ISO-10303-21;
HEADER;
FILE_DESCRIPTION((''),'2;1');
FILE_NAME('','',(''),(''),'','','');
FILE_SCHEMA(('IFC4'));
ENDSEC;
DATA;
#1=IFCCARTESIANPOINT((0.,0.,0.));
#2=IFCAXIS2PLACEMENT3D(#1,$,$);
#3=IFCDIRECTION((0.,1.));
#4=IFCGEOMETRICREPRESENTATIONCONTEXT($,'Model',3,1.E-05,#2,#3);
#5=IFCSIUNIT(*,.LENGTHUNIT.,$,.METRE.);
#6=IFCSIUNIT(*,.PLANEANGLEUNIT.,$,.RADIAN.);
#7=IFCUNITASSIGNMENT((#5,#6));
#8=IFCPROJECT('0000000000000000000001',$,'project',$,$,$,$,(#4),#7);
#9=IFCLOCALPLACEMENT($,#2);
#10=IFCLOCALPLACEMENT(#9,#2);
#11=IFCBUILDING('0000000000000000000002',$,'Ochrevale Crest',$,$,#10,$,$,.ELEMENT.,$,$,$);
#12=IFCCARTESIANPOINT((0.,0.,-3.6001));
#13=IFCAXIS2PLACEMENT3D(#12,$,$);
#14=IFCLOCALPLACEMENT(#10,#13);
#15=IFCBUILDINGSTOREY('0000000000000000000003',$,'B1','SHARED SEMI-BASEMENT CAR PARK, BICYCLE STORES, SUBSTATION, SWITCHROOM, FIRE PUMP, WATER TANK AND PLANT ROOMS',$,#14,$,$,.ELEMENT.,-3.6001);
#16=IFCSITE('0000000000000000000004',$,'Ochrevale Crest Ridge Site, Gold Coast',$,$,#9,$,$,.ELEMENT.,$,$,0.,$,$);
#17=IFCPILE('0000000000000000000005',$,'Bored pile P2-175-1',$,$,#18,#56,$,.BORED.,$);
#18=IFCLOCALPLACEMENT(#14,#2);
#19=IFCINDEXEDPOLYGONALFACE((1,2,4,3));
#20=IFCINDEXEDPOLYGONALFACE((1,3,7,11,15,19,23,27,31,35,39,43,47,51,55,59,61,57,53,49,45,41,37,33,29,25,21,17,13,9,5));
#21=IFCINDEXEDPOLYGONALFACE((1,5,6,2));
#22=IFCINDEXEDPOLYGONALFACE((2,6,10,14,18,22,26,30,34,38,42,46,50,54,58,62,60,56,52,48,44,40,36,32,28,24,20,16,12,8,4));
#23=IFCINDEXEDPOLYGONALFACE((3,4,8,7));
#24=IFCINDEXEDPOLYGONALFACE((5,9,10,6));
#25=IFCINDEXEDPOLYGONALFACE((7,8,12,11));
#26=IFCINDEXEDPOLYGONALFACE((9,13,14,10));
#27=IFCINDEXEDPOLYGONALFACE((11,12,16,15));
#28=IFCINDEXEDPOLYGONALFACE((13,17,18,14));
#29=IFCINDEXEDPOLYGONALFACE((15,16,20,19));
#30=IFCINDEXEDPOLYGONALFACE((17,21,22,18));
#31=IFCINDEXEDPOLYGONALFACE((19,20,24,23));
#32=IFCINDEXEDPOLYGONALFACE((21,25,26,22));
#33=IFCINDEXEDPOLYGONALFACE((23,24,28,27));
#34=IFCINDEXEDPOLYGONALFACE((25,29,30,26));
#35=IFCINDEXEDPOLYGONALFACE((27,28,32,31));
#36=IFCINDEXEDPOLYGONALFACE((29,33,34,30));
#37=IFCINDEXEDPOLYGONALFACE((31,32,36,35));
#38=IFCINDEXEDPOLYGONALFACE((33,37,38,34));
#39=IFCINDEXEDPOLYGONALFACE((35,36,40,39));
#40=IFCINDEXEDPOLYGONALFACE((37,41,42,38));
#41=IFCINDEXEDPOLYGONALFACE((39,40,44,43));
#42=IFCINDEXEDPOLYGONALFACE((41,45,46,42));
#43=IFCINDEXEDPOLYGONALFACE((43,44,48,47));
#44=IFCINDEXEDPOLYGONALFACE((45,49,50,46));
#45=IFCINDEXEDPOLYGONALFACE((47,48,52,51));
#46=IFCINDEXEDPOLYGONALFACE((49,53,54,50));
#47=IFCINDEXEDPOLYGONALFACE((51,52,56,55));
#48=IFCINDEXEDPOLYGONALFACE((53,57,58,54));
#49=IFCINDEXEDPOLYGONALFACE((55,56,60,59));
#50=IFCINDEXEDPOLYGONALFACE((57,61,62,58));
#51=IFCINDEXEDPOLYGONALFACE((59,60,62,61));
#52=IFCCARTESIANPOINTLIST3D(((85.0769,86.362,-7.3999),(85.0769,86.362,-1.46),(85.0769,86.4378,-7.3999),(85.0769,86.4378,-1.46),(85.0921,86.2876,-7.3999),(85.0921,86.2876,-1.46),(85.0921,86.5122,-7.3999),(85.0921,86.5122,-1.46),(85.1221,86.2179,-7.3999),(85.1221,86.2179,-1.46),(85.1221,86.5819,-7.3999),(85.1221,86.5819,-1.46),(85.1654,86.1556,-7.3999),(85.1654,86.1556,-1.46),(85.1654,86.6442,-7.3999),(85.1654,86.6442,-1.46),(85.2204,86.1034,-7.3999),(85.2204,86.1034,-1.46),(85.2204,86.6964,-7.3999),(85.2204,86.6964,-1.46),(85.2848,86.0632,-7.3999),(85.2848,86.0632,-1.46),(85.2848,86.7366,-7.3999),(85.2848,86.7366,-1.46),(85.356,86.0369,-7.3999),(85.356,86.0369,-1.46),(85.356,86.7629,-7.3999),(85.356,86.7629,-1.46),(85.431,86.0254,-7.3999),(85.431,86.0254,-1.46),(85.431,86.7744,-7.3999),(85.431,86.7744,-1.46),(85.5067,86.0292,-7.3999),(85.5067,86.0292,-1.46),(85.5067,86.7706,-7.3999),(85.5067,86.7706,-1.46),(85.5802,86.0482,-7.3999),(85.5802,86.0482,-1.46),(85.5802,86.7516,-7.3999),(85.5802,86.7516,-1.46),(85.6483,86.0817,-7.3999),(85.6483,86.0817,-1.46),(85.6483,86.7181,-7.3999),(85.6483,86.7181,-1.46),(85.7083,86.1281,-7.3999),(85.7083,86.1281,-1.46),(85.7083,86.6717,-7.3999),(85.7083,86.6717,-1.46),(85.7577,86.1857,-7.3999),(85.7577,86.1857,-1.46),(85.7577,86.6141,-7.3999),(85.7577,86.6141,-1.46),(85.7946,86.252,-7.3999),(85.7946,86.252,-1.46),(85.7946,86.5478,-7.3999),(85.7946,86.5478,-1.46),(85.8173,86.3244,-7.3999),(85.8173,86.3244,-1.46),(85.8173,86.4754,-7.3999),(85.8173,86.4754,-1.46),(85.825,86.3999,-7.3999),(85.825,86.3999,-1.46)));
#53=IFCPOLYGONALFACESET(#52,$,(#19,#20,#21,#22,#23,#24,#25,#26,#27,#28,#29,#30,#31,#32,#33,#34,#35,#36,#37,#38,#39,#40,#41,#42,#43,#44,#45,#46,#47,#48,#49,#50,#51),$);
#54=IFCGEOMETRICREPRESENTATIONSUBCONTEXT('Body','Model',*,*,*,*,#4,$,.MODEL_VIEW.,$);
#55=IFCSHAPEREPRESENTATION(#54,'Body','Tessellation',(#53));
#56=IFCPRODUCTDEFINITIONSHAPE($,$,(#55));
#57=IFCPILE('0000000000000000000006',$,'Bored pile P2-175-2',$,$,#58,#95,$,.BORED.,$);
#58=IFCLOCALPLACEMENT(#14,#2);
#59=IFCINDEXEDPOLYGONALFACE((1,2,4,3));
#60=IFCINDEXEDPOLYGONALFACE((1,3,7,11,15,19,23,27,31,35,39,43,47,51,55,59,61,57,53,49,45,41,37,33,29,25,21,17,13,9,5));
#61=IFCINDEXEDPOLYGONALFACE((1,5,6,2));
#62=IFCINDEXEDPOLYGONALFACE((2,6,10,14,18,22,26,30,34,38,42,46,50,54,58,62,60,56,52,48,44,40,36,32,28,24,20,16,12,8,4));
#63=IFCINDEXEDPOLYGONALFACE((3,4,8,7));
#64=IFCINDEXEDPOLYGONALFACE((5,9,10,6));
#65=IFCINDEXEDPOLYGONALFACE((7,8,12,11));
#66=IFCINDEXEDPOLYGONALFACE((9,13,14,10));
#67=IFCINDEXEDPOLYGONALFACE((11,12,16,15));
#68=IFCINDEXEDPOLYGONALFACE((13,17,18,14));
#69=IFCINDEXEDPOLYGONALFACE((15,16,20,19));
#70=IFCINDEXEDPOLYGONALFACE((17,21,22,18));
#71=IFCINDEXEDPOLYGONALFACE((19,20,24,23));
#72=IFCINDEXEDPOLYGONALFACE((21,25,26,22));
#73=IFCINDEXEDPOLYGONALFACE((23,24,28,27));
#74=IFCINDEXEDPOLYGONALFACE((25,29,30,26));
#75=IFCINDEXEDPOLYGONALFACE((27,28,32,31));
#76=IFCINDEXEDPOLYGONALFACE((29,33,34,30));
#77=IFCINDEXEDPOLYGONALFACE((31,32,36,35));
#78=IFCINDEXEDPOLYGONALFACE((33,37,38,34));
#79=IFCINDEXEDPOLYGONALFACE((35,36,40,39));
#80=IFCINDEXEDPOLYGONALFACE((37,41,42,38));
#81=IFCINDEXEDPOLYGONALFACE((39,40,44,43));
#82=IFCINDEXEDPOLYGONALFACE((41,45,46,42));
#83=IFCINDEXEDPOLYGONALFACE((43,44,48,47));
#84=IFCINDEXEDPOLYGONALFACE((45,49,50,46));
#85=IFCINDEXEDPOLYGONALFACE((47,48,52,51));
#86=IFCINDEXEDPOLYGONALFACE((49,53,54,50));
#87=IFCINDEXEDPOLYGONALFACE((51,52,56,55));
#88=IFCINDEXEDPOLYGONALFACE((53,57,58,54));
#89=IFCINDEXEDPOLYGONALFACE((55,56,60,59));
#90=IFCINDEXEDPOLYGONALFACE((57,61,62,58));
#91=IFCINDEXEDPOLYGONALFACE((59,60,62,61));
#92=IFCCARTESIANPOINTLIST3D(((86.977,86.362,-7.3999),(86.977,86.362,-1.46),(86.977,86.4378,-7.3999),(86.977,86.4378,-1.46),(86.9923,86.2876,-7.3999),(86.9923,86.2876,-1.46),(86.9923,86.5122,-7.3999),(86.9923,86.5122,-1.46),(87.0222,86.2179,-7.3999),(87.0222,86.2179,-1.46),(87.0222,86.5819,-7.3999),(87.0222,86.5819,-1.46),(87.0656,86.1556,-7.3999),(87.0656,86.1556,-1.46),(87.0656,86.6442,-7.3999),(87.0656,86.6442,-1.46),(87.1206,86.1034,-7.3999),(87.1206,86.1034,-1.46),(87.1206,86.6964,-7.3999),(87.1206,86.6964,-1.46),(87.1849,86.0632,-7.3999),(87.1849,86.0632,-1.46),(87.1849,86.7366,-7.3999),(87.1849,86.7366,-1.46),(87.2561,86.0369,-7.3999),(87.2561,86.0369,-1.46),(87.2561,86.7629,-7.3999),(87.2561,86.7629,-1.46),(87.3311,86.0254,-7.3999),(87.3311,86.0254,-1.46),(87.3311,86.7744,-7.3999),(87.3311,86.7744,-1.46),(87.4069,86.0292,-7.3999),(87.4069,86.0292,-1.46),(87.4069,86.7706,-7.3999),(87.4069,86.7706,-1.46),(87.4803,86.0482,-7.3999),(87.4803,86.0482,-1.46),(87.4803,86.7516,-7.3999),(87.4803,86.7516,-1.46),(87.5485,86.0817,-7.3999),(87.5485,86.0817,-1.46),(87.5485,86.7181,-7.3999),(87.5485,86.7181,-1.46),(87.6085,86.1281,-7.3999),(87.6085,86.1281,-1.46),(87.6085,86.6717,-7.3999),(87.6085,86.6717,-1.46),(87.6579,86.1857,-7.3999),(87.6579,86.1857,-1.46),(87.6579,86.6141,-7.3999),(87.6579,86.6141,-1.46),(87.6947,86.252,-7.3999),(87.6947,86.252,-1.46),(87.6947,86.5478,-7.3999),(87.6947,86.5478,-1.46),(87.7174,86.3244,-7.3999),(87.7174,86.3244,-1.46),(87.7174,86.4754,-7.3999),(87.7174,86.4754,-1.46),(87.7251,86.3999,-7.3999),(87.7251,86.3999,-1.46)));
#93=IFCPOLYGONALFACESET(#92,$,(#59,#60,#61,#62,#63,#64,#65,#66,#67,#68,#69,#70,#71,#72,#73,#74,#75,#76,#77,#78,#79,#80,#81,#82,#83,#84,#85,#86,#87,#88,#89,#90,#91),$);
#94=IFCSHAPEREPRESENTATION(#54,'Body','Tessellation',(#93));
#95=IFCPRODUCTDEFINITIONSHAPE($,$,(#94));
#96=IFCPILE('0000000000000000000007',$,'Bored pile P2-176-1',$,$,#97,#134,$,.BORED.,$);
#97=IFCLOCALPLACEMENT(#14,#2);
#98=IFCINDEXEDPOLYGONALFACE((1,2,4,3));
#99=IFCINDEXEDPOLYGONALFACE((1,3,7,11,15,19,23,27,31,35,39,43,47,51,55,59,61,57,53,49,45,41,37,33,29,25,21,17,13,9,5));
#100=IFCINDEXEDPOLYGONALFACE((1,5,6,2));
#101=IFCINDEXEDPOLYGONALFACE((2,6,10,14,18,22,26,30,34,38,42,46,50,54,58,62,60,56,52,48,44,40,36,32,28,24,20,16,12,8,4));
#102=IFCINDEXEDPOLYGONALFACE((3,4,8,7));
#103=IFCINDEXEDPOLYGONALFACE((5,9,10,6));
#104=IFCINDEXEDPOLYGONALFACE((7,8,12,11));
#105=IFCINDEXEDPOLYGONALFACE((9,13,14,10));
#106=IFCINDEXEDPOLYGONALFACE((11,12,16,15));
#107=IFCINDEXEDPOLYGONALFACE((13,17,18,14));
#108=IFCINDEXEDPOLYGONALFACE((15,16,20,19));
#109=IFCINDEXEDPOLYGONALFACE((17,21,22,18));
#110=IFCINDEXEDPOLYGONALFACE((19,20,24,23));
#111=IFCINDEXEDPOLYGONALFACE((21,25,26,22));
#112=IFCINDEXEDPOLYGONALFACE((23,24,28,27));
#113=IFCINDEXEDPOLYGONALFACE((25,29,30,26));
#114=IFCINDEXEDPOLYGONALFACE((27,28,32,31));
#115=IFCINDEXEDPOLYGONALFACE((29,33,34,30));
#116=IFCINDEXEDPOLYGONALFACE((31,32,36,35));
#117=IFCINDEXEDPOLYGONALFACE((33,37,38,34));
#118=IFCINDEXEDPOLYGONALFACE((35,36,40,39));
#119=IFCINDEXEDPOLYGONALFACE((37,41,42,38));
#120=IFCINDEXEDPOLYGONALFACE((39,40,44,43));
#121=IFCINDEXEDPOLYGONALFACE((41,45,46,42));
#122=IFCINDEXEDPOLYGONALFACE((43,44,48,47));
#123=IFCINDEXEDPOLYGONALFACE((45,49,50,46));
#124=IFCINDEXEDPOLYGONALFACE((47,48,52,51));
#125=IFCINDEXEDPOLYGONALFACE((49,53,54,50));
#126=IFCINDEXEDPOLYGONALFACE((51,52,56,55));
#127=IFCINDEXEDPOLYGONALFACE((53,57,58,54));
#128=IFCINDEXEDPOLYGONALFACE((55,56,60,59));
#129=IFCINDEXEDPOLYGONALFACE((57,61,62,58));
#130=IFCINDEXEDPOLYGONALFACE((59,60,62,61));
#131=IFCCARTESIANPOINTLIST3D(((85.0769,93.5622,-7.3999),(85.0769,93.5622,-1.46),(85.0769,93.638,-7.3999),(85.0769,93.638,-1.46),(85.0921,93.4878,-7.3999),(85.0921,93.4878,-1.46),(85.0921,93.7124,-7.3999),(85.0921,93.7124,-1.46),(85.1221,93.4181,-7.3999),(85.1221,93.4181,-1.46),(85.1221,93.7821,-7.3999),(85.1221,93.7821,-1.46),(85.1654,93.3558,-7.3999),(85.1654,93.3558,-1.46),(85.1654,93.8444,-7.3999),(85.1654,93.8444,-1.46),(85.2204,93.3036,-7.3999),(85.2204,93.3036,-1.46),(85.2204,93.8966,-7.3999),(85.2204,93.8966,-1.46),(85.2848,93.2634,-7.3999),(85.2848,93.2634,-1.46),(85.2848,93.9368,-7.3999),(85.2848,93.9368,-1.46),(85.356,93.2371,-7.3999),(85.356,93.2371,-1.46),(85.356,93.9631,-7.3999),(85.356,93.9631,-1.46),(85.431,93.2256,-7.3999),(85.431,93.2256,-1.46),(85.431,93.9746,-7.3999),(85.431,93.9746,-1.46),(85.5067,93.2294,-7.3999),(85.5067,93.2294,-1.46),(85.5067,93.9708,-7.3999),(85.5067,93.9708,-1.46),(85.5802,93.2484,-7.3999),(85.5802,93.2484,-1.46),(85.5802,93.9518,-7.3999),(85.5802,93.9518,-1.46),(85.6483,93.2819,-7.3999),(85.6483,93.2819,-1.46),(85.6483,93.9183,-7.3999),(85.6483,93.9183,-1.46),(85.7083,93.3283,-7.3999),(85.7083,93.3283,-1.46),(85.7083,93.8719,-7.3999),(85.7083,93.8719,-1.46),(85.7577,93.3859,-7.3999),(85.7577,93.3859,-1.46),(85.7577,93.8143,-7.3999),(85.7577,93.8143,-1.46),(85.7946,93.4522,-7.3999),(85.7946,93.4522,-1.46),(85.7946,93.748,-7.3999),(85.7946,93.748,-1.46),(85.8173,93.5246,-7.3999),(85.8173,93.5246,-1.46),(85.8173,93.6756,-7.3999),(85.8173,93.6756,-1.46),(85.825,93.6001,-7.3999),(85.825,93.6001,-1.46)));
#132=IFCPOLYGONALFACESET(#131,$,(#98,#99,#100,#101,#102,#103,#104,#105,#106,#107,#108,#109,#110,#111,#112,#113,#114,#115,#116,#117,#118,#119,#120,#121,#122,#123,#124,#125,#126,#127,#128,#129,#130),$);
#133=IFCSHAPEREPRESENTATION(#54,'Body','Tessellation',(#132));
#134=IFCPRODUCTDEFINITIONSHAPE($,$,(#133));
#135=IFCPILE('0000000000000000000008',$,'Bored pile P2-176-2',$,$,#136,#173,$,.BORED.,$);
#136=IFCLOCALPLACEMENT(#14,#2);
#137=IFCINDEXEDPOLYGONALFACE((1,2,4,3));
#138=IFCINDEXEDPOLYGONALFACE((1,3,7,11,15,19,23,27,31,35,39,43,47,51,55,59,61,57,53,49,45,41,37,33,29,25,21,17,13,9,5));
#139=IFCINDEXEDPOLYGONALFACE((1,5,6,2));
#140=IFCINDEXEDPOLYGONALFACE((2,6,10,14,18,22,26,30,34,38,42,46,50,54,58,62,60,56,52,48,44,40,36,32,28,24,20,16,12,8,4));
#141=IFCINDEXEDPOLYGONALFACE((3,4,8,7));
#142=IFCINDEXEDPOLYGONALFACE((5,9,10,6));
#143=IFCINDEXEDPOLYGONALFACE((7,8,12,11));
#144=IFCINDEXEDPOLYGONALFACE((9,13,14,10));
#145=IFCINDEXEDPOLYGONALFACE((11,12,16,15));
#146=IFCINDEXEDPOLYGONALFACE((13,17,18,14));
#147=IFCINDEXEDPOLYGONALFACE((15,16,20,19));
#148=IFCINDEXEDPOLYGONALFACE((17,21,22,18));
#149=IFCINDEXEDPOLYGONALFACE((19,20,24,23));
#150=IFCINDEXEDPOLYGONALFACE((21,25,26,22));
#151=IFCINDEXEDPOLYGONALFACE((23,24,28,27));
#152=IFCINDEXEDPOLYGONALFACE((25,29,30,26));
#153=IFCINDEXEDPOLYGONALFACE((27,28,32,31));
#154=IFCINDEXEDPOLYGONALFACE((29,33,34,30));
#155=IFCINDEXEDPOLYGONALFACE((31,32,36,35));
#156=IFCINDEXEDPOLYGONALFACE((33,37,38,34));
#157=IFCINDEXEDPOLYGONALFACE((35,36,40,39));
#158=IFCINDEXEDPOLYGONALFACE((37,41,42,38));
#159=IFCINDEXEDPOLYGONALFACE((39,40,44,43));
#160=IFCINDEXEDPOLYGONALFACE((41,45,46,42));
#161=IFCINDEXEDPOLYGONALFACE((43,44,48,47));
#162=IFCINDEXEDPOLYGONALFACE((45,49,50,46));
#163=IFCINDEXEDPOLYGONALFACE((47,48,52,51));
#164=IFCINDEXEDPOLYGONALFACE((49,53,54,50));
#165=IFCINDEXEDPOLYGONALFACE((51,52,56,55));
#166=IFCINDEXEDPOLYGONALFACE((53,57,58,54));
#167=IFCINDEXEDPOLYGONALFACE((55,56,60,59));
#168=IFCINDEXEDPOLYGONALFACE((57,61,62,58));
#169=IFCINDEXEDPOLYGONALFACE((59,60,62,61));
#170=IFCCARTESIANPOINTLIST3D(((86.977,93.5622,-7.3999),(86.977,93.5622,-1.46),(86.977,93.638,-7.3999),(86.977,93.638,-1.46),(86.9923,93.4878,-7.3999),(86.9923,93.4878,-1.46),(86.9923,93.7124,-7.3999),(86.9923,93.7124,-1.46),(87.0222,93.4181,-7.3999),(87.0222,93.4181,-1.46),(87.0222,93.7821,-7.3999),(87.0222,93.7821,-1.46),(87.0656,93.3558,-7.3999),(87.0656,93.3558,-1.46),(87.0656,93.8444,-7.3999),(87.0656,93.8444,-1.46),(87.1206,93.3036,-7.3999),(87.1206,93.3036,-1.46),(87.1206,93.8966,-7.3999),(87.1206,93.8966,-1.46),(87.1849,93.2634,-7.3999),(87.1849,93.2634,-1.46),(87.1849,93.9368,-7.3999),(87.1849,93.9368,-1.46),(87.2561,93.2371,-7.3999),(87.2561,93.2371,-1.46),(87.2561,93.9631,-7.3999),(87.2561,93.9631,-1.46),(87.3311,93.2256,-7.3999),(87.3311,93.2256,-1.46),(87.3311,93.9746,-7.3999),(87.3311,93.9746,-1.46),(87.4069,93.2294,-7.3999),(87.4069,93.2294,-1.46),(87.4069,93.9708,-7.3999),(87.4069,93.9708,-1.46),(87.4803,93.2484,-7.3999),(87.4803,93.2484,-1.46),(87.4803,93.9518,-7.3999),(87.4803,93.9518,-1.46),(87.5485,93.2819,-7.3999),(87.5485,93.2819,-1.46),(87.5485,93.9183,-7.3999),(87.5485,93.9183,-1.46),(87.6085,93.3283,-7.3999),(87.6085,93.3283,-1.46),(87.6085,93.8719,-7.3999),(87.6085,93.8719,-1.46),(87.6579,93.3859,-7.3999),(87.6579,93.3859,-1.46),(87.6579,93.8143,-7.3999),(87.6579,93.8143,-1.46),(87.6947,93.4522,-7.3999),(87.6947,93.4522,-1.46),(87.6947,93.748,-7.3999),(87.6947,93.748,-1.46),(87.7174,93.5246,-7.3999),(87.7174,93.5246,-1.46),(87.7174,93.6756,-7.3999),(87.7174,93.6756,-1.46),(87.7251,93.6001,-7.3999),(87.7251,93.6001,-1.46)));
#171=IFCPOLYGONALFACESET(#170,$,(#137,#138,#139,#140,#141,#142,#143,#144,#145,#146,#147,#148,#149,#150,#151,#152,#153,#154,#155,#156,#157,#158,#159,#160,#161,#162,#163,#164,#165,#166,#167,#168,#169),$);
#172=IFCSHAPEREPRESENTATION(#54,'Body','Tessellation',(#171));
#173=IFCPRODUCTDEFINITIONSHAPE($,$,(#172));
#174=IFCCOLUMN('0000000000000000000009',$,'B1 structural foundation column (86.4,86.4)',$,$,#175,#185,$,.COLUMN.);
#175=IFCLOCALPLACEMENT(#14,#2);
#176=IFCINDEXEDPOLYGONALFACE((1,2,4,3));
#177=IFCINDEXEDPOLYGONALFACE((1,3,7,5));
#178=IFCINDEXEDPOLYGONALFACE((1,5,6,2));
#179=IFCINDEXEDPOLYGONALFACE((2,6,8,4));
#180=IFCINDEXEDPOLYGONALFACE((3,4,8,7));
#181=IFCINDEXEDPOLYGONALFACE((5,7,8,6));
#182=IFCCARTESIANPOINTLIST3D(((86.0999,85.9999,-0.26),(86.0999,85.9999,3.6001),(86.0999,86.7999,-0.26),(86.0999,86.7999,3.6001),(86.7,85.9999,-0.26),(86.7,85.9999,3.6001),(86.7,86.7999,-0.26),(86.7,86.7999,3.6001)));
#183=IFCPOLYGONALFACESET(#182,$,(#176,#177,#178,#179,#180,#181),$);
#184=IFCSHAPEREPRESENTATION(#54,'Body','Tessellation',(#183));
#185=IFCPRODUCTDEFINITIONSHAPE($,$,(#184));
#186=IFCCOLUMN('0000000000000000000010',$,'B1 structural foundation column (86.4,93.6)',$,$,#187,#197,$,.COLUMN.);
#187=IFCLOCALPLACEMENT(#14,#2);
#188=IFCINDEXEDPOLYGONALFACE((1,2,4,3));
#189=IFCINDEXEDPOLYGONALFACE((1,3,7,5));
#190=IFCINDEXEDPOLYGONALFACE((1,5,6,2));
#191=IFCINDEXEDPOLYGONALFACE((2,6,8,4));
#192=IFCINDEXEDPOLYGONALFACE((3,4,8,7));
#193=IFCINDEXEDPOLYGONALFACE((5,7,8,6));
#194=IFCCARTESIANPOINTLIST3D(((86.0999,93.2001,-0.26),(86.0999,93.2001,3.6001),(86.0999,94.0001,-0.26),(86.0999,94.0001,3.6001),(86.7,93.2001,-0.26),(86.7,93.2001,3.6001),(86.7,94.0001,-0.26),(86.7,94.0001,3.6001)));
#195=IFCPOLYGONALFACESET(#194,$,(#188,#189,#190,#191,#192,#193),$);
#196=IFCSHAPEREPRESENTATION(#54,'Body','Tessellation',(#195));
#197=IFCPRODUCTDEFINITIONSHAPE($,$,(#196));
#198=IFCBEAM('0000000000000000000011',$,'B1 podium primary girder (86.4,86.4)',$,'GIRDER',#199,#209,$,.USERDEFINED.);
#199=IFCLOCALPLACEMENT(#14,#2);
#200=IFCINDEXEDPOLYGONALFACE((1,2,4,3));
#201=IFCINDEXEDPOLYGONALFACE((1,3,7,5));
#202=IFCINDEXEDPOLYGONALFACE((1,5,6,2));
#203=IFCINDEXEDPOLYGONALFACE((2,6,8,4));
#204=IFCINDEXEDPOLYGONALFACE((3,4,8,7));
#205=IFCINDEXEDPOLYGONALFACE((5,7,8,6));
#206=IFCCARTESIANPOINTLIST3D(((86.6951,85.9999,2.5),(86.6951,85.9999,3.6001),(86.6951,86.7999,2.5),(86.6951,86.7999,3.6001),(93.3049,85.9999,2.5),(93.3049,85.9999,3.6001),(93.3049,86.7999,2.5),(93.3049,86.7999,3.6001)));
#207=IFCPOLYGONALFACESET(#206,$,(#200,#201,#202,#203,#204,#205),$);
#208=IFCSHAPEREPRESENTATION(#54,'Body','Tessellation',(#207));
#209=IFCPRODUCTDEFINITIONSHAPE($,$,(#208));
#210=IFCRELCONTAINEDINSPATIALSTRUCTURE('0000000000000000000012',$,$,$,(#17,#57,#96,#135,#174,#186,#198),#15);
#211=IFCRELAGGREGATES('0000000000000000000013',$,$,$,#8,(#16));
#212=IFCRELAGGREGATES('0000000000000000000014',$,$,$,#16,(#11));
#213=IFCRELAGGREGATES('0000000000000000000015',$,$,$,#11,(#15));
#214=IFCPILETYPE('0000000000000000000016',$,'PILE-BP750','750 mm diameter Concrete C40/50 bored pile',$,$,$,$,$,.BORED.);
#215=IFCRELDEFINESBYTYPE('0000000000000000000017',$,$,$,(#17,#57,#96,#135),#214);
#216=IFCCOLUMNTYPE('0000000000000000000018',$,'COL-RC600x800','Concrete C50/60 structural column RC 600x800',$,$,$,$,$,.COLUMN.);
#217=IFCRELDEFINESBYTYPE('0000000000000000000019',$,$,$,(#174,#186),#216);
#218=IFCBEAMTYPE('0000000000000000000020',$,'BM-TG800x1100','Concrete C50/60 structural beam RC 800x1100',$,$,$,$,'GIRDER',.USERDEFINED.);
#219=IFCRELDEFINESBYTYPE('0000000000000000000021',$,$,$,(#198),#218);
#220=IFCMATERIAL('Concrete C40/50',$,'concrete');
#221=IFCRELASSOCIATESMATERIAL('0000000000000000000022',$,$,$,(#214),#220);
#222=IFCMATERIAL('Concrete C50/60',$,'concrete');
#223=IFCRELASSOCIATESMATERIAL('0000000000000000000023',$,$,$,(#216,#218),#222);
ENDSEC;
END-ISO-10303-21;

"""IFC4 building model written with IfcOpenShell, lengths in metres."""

from ifc_helpers import new_model, si_unit, direction, frame, origin, origin_2d, place, context, subcontext, project, spatial, rectangle, circle, extrude, material, material_profile, profile_set, type_object, element, save


model = new_model("IFC4")

# Units and contexts
model_context = context("Model", 3, precision=1e-05, world=origin(), true_north=direction((0.0, 1.0)))
body_context = subcontext(model_context, "Body", "Model", "MODEL_VIEW")
ifc_project = project(units=[si_unit("LENGTHUNIT", "METRE"), si_unit("PLANEANGLEUNIT", "RADIAN")], contexts=[model_context])

# Site, building, storey
site_placement = place(None, origin())
site = spatial("IfcSite", under=ifc_project, at=site_placement, Name="Ochrevale Crest Ridge Site, Gold Coast", CompositionType="ELEMENT", RefElevation=0.0)
building_placement = place(site_placement, origin())
building = spatial("IfcBuilding", under=site, at=building_placement, Name="Ochrevale Crest", CompositionType="ELEMENT")
storey_placement = place(building_placement, frame((0.0, 0.0, -3.6001)))
storey = spatial("IfcBuildingStorey", under=building, at=storey_placement, Name="B1", Description="SHARED SEMI-BASEMENT CAR PARK, BICYCLE STORES, SUBSTATION, SWITCHROOM, FIRE PUMP, WATER TANK AND PLANT ROOMS", CompositionType="ELEMENT", Elevation=-3.6001)

# Shared definitions
ifc_material_1 = material(Name="Concrete C40/50", Category="concrete")

# Piles
ifc_material_profile_1 = material_profile(ifc_material_1, circle(Radius=0.375, at=origin_2d()), Name="BORED PILE 750")
ifc_profile_set_1 = profile_set([ifc_material_profile_1], Name="Concrete C40/50")
pile_type = type_object("IfcPileType", Name="PILE-BP750", Description="750 mm diameter Concrete C40/50 bored pile", PredefinedType="BORED", material=ifc_profile_set_1)
for number, where, z_axis, x_axis, name in (
    (1, (85.45, 86.3999, -1.46), (0.0, 0.0, -1.0), (1.0, 0.0, 0.0), "Bored pile P2-175-1"),
    (2, (87.3501, 86.3999, -1.46), (0.0, 0.0, -1.0), (1.0, 0.0, 0.0), "Bored pile P2-175-2"),
    (3, (85.45, 93.6001, -1.46), (0.0, 0.0, -1.0), (1.0, 0.0, 0.0), "Bored pile P2-176-1"),
    (4, (87.3501, 93.6001, -1.46), (0.0, 0.0, -1.0), (1.0, 0.0, 0.0), "Bored pile P2-176-2"),
):
    element("IfcPile", number, at=place(storey_placement, frame(where, z_axis=z_axis, x_axis=x_axis)), inside=storey, type_object=pile_type, Name=name, PredefinedType="BORED", context=body_context, shape_type="SweptSolid", body=[
        extrude(circle(Radius=0.375, at=origin_2d()), origin(), (0.0, 0.0, 1.0), 5.9399),
    ])

# Columns
ifc_material_2 = material(Name="Concrete C50/60", Category="concrete")
ifc_material_profile_2 = material_profile(ifc_material_2, rectangle(XDim=0.6001, YDim=0.8, at=origin_2d()), Name="RC 600x800")
ifc_profile_set_2 = profile_set([ifc_material_profile_2], Name="Concrete C50/60")
column_type = type_object("IfcColumnType", Name="COL-RC600x800", Description="Concrete C50/60 structural column RC 600x800", PredefinedType="COLUMN", material=ifc_profile_set_2)
for number, where, z_axis, x_axis, name in (
    (5, (86.3999, 86.3999, -0.26), (0.0, 0.0, 1.0), (1.0, 0.0, 0.0), "B1 structural foundation column (86.4,86.4)"),
    (6, (86.3999, 93.6001, -0.26), (0.0, 0.0, 1.0), (1.0, 0.0, 0.0), "B1 structural foundation column (86.4,93.6)"),
):
    element("IfcColumn", number, at=place(storey_placement, frame(where, z_axis=z_axis, x_axis=x_axis)), inside=storey, type_object=column_type, Name=name, PredefinedType="COLUMN", context=body_context, shape_type="SweptSolid", body=[
        extrude(rectangle(XDim=0.6001, YDim=0.8, at=origin_2d()), origin(), (0.0, 0.0, 1.0), 3.8601),
    ])

# Beam
ifc_material_profile_3 = material_profile(ifc_material_2, rectangle(XDim=0.8, YDim=1.1001, at=origin_2d()), Name="RC 800x1100")
ifc_profile_set_3 = profile_set([ifc_material_profile_3], Name="Concrete C50/60")
beam_type_1 = type_object("IfcBeamType", Name="BM-TG800x1100", Description="Concrete C50/60 structural beam RC 800x1100", ElementType="GIRDER", PredefinedType="USERDEFINED", material=ifc_profile_set_3)
beam_1_placement = place(storey_placement, frame((86.6951, 86.3999, 3.05), z_axis=(1.0, 0.0, 0.0), x_axis=(0.0, 1.0, 0.0)))
element("IfcBeam", 7, at=beam_1_placement, inside=storey, type_object=beam_type_1, Name="B1 podium primary girder (86.4,86.4)", ObjectType="GIRDER", PredefinedType="USERDEFINED", context=body_context, shape_type="SweptSolid", body=[
    extrude(rectangle(XDim=0.8, YDim=1.1001, at=origin_2d()), origin(), (0.0, 0.0, 1.0), 6.6099),
])

save(model, "model.ifc")
